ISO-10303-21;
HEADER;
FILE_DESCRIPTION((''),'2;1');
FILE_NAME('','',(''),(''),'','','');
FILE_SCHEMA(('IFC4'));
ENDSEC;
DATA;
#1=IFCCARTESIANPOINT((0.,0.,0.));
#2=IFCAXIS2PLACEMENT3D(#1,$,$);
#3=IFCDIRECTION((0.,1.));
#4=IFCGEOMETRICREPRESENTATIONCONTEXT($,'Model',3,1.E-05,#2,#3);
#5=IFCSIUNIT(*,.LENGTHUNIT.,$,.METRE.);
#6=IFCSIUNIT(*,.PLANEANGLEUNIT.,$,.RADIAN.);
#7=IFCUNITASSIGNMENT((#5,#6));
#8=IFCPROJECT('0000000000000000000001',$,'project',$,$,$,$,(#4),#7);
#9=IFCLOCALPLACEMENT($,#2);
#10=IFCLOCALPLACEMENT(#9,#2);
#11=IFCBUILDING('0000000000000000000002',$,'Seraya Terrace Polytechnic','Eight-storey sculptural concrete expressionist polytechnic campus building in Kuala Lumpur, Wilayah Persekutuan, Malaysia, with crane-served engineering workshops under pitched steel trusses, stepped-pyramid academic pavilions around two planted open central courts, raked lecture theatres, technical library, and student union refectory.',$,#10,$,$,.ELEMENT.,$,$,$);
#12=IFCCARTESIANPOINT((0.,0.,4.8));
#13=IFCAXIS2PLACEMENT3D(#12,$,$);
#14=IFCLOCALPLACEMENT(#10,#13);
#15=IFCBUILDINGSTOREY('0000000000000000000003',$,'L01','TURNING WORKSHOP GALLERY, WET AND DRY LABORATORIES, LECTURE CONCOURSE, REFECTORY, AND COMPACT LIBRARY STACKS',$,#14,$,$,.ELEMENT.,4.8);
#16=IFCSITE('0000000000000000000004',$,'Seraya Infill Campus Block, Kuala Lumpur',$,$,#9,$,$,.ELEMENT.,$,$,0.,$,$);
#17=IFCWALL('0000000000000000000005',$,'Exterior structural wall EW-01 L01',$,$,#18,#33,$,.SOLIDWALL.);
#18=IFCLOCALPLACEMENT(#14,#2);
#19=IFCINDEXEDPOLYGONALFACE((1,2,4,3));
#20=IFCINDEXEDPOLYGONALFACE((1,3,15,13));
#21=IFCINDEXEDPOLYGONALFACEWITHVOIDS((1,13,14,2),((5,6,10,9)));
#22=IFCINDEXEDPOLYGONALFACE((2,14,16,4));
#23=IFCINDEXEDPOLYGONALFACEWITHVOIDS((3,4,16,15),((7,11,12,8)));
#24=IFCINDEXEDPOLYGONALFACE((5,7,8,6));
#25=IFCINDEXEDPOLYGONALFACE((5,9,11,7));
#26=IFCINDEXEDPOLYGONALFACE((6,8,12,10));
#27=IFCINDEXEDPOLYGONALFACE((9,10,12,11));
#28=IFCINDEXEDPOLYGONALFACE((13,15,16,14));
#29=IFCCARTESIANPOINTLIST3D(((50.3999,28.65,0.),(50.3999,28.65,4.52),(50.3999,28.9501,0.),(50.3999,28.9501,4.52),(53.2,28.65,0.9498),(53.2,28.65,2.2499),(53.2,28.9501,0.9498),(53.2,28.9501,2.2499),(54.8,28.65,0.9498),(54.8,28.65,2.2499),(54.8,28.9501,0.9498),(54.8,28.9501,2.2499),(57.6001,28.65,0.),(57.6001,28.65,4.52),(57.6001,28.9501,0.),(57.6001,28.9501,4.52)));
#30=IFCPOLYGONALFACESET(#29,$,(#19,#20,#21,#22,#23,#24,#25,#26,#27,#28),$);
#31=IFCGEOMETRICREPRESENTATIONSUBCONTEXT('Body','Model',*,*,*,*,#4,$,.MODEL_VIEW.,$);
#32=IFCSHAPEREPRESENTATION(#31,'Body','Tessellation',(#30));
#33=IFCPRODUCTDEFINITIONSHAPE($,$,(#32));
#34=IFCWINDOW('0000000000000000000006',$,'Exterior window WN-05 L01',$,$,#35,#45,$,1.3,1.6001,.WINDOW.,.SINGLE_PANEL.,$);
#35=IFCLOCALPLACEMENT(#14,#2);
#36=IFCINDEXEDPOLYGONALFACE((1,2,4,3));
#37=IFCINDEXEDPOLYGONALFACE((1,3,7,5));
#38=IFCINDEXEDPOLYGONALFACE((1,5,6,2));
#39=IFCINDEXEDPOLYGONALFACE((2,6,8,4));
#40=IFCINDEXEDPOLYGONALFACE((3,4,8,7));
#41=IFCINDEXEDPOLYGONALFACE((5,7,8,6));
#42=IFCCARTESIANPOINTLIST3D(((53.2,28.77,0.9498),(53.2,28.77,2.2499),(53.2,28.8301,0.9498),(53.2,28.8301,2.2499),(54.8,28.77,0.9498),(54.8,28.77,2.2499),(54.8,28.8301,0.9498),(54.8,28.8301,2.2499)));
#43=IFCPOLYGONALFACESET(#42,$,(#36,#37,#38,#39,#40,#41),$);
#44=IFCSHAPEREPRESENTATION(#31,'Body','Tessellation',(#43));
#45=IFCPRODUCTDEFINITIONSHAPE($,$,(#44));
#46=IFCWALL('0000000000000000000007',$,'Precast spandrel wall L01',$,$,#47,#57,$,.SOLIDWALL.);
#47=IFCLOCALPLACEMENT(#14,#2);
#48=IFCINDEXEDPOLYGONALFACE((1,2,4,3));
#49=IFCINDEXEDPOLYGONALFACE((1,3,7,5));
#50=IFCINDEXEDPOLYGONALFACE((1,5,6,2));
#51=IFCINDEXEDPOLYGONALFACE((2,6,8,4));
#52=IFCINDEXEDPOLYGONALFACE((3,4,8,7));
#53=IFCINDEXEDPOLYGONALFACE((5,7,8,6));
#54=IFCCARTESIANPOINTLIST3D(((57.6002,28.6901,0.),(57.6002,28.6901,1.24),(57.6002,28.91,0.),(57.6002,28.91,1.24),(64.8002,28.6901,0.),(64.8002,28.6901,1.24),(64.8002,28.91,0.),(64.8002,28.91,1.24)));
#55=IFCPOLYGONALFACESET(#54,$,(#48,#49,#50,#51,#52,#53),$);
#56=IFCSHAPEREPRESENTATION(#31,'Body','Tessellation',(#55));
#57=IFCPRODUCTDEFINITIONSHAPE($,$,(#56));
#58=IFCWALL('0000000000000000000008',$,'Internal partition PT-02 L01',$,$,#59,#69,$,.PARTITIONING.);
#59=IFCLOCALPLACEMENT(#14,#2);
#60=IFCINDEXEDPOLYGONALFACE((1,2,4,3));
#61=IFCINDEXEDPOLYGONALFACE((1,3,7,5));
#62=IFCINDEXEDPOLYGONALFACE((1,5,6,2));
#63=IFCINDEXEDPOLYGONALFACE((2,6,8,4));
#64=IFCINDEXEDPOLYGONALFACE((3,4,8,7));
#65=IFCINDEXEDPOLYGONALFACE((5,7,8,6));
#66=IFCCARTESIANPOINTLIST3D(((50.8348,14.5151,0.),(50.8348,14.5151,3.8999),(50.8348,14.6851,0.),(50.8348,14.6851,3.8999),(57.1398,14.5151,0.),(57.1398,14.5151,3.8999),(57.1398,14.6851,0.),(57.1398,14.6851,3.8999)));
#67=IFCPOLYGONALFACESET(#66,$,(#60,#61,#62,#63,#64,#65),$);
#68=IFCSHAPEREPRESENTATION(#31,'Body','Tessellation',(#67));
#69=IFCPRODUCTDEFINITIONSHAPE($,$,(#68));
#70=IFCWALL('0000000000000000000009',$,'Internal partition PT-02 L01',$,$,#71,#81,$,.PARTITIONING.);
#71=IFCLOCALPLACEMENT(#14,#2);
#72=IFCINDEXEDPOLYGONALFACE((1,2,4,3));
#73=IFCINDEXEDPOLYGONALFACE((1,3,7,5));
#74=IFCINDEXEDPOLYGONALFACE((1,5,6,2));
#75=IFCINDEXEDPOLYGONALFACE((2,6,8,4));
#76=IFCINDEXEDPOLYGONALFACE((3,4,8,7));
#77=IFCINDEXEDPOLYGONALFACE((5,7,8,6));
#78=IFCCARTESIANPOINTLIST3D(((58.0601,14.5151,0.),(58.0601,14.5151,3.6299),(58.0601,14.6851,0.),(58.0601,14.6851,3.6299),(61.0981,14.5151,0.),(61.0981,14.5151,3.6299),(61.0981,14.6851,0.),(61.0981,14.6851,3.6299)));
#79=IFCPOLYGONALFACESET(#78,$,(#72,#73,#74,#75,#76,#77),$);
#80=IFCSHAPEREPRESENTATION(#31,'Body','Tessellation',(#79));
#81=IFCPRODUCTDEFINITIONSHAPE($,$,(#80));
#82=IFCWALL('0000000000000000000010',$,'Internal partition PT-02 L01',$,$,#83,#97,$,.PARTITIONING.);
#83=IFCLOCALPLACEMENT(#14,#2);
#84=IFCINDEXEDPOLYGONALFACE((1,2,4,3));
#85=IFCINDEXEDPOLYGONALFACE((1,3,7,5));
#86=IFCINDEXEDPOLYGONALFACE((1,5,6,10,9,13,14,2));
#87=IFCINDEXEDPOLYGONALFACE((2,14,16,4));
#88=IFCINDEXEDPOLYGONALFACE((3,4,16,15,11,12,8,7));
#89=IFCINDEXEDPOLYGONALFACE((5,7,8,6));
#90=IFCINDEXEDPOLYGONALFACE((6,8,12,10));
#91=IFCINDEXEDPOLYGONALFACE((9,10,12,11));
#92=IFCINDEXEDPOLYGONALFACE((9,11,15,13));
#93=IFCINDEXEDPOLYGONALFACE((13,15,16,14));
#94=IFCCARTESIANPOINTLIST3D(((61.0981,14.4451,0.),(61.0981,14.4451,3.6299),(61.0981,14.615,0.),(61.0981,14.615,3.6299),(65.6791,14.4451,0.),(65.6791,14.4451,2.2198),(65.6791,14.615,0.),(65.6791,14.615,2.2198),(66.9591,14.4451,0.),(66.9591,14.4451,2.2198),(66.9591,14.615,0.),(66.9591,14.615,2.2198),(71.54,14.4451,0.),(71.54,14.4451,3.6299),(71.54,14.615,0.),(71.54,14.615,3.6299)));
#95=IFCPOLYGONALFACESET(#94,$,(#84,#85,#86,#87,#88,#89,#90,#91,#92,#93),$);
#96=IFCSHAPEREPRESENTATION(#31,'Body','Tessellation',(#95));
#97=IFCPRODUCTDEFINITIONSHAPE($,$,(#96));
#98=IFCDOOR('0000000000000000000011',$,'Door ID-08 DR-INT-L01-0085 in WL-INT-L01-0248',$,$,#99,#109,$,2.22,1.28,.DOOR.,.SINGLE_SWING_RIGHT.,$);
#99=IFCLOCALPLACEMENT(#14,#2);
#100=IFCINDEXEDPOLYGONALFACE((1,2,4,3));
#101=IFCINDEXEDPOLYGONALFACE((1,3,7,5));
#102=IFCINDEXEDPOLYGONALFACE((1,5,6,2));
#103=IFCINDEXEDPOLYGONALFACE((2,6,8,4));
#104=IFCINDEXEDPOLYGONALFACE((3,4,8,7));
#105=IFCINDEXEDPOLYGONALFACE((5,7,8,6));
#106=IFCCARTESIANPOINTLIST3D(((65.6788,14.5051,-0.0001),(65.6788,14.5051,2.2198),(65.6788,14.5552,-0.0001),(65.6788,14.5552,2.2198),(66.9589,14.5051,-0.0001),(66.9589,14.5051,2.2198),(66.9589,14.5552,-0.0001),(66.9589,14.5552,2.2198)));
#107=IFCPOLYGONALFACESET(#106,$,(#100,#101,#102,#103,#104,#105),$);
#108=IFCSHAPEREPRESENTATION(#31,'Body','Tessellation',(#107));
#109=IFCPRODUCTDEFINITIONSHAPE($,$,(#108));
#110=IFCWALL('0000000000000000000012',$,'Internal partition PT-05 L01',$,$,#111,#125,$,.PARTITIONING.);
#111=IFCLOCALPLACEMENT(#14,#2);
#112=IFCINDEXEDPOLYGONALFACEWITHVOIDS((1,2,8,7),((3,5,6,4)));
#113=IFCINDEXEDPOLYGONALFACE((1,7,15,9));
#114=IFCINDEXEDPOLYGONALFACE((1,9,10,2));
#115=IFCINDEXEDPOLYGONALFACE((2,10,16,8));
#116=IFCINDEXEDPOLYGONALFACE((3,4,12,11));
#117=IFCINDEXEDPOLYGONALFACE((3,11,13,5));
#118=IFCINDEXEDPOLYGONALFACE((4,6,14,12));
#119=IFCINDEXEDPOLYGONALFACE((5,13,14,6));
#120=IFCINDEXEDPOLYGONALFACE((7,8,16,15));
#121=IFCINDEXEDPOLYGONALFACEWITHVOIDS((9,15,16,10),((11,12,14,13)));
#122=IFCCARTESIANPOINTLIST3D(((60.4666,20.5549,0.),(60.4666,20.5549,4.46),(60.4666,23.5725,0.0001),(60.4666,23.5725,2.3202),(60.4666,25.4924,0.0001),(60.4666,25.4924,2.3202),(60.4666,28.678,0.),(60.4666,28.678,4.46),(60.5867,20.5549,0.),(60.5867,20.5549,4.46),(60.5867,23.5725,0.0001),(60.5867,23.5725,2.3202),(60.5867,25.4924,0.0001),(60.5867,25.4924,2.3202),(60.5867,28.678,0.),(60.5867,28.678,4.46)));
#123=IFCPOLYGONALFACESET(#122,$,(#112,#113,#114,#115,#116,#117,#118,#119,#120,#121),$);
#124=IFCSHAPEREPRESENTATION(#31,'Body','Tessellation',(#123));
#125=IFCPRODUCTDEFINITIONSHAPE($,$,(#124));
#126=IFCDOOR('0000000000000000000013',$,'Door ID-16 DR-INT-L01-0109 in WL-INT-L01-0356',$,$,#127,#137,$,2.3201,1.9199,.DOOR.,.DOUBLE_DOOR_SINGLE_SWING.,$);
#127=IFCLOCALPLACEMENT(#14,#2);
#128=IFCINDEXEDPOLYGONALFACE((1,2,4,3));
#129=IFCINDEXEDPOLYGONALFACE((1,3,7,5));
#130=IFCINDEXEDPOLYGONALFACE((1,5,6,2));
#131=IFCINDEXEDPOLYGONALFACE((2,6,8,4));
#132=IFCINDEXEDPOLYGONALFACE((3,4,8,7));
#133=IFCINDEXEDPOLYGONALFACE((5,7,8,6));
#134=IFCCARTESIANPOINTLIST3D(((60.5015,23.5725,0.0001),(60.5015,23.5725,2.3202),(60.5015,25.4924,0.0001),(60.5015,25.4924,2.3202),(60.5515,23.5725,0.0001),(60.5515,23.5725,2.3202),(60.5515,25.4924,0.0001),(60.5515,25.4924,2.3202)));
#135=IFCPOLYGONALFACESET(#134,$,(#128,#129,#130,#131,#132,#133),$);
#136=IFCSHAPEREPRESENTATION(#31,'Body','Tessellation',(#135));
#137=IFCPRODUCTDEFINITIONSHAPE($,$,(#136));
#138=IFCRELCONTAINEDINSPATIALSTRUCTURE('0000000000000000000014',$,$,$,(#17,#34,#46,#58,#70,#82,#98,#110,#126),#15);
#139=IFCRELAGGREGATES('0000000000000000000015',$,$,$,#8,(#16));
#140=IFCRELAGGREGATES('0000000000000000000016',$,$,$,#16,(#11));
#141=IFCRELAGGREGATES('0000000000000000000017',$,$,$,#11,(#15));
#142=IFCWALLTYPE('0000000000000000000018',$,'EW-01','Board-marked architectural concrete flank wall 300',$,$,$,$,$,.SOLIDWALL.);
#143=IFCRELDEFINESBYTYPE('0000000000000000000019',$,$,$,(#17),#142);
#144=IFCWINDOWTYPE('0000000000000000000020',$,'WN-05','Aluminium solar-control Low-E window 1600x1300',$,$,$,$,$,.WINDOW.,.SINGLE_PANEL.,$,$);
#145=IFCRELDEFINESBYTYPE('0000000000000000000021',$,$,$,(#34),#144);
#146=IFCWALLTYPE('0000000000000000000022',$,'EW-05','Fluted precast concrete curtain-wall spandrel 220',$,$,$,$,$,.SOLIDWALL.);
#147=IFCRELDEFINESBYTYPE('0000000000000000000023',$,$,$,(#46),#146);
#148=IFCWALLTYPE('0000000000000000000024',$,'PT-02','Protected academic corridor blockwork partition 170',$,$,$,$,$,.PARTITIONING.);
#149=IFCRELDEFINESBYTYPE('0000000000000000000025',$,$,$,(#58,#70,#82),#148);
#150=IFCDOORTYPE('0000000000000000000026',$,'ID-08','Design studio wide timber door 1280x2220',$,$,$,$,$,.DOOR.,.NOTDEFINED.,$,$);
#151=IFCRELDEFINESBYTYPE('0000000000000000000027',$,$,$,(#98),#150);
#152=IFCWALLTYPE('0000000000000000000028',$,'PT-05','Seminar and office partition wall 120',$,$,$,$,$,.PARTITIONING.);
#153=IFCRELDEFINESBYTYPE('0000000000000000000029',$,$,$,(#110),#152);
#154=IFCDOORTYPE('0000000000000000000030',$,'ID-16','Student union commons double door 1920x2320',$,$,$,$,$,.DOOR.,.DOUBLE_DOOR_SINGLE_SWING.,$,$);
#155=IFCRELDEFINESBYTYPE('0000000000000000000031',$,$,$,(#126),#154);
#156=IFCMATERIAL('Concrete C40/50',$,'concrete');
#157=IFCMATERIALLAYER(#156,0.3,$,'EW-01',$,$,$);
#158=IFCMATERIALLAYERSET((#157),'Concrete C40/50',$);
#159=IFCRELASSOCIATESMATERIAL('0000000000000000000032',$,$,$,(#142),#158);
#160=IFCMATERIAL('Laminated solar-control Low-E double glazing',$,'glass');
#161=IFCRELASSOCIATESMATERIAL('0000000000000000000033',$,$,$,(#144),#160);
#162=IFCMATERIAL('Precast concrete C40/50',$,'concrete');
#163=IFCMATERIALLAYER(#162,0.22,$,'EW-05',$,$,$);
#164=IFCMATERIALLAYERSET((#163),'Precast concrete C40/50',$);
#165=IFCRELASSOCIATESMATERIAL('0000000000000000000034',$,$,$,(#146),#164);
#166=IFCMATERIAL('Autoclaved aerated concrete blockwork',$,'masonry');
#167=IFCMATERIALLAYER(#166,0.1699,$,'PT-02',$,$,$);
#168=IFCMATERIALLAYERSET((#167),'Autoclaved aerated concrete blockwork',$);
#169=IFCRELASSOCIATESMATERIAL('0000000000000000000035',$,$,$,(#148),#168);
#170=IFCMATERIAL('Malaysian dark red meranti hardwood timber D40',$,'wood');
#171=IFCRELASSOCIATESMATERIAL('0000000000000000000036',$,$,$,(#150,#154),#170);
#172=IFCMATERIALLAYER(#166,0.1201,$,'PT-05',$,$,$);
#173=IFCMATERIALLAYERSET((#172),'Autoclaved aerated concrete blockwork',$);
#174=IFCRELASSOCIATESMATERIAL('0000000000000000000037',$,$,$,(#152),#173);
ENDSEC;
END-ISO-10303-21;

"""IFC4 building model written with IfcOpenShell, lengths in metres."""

from ifc_helpers import new_model, si_unit, direction, frame, frame_2d, origin, place, context, subcontext, project, spatial, rectangle, extrude, material, layer, layer_set, type_object, element, fill, save


model = new_model("IFC4")

# Units and contexts
model_context = context("Model", 3, precision=1e-05, world=origin(), true_north=direction((0.0, 1.0)))
body_context = subcontext(model_context, "Body", "Model", "MODEL_VIEW")
ifc_project = project(units=[si_unit("LENGTHUNIT", "METRE"), si_unit("PLANEANGLEUNIT", "RADIAN")], contexts=[model_context])

# Site, building, storey
site_placement = place(None, origin())
site = spatial("IfcSite", under=ifc_project, at=site_placement, Name="Seraya Infill Campus Block, Kuala Lumpur", CompositionType="ELEMENT", RefElevation=0.0)
building_placement = place(site_placement, origin())
building = spatial("IfcBuilding", under=site, at=building_placement, Name="Seraya Terrace Polytechnic", Description="Eight-storey sculptural concrete expressionist polytechnic campus building in Kuala Lumpur, Wilayah Persekutuan, Malaysia, with crane-served engineering workshops under pitched steel trusses, stepped-pyramid academic pavilions around two planted open central courts, raked lecture theatres, technical library, and student union refectory.", CompositionType="ELEMENT")
storey_placement = place(building_placement, frame((0.0, 0.0, 4.8)))
storey = spatial("IfcBuildingStorey", under=building, at=storey_placement, Name="L01", Description="TURNING WORKSHOP GALLERY, WET AND DRY LABORATORIES, LECTURE CONCOURSE, REFECTORY, AND COMPACT LIBRARY STACKS", CompositionType="ELEMENT", Elevation=4.8)

# Shared definitions
ifc_material_1 = material(Name="Concrete C40/50", Category="concrete")

# Wall, opening, window
ifc_layer_1 = layer(ifc_material_1, 0.3, Name="EW-01")
ifc_layer_set_1 = layer_set([ifc_layer_1], Name="Concrete C40/50")
wall_type_1 = type_object("IfcWallType", Name="EW-01", Description="Board-marked architectural concrete flank wall 300", PredefinedType="SOLIDWALL", material=ifc_layer_set_1)
wall_1_placement = place(storey_placement, frame((50.3999, 28.8, 0.0), z_axis=(0.0, 0.0, 1.0), x_axis=(1.0, 0.0, 0.0)))
wall_1 = element("IfcWall", 1, at=wall_1_placement, inside=storey, type_object=wall_type_1, Name="Exterior structural wall EW-01 L01", PredefinedType="SOLIDWALL", context=body_context, shape_type="SweptSolid", body=[
    extrude(rectangle(XDim=7.2002, YDim=0.3, at=frame_2d((3.6001, 0.0))), origin(), (0.0, 0.0, 1.0), 4.52),
])
opening_1_placement = place(wall_1_placement, frame((2.8, 0.0, 0.95)))
opening_1 = element("IfcOpeningElement", 2, at=opening_1_placement, cuts=wall_1, PredefinedType="OPENING", context=body_context, shape_type="SweptSolid", body=[
    extrude(rectangle(XDim=1.6001, YDim=1.3, at=frame_2d((0.8, 0.6499))), frame((0.0, 0.1621, 0.0), z_axis=(0.0, -1.0, 0.0), x_axis=(1.0, 0.0, 0.0)), (0.0, 0.0, 1.0), 0.324),
])
ifc_material_2 = material(Name="Laminated solar-control Low-E double glazing", Category="glass")
window_type = type_object("IfcWindowType", Name="WN-05", Description="Aluminium solar-control Low-E window 1600x1300", PartitioningType="SINGLE_PANEL", PredefinedType="WINDOW", material=ifc_material_2)
window_placement = place(opening_1_placement, origin())
window = element("IfcWindow", 3, at=window_placement, inside=storey, type_object=window_type, Name="Exterior window WN-05 L01", OverallHeight=1.3, OverallWidth=1.6001, PartitioningType="SINGLE_PANEL", PredefinedType="WINDOW", context=body_context, shape_type="SweptSolid", body=[
    extrude(rectangle(XDim=1.6001, YDim=1.3, at=frame_2d((0.8, 0.6499))), frame((0.0, 0.03, 0.0), z_axis=(0.0, -1.0, 0.0), x_axis=(1.0, 0.0, 0.0)), (0.0, 0.0, 1.0), 0.0601),
])
fill(opening_1, window)

# Walls
ifc_material_3 = material(Name="Precast concrete C40/50", Category="concrete")
ifc_layer_2 = layer(ifc_material_3, 0.22, Name="EW-05")
ifc_layer_set_2 = layer_set([ifc_layer_2], Name="Precast concrete C40/50")
wall_type_2 = type_object("IfcWallType", Name="EW-05", Description="Fluted precast concrete curtain-wall spandrel 220", PredefinedType="SOLIDWALL", material=ifc_layer_set_2)
wall_2_placement = place(storey_placement, frame((57.6001, 28.8, 0.0), z_axis=(0.0, 0.0, 1.0), x_axis=(1.0, 0.0, 0.0)))
element("IfcWall", 4, at=wall_2_placement, inside=storey, type_object=wall_type_2, Name="Precast spandrel wall L01", PredefinedType="SOLIDWALL", context=body_context, shape_type="SweptSolid", body=[
    extrude(rectangle(XDim=7.2, YDim=0.22, at=frame_2d((3.6001, 0.0))), origin(), (0.0, 0.0, 1.0), 1.24),
])
ifc_material_4 = material(Name="Autoclaved aerated concrete blockwork", Category="masonry")
ifc_layer_3 = layer(ifc_material_4, 0.1699, Name="PT-02")
ifc_layer_set_3 = layer_set([ifc_layer_3], Name="Autoclaved aerated concrete blockwork")
wall_type_3 = type_object("IfcWallType", Name="PT-02", Description="Protected academic corridor blockwork partition 170", PredefinedType="PARTITIONING", material=ifc_layer_set_3)
wall_3_placement = place(storey_placement, frame((50.835, 14.6001, 0.0), z_axis=(0.0, 0.0, 1.0), x_axis=(1.0, 0.0, 0.0)))
element("IfcWall", 5, at=wall_3_placement, inside=storey, type_object=wall_type_3, Name="Internal partition PT-02 L01", PredefinedType="PARTITIONING", context=body_context, shape_type="SweptSolid", body=[
    extrude(rectangle(XDim=6.3049, YDim=0.1699, at=frame_2d((3.1523, 0.0))), origin(), (0.0, 0.0, 1.0), 3.8999),
])
wall_4_placement = place(storey_placement, frame((58.0601, 14.6001, 0.0), z_axis=(0.0, 0.0, 1.0), x_axis=(1.0, 0.0, 0.0)))
element("IfcWall", 6, at=wall_4_placement, inside=storey, type_object=wall_type_3, Name="Internal partition PT-02 L01", PredefinedType="PARTITIONING", context=body_context, shape_type="SweptSolid", body=[
    extrude(rectangle(XDim=3.0381, YDim=0.1699, at=frame_2d((1.519, 0.0))), origin(), (0.0, 0.0, 1.0), 3.6299),
])

# Walls, openings, doors
wall_5_placement = place(storey_placement, frame((61.0981, 14.53, 0.0), z_axis=(0.0, 0.0, 1.0), x_axis=(1.0, 0.0, 0.0)))
wall_5 = element("IfcWall", 7, at=wall_5_placement, inside=storey, type_object=wall_type_3, Name="Internal partition PT-02 L01", PredefinedType="PARTITIONING", context=body_context, shape_type="SweptSolid", body=[
    extrude(rectangle(XDim=10.4419, YDim=0.1699, at=frame_2d((5.2209, 0.0))), origin(), (0.0, 0.0, 1.0), 3.6299),
])
opening_2_placement = place(wall_5_placement, frame((4.5808, 0.0, 0.0)))
opening_2 = element("IfcOpeningElement", 8, at=opening_2_placement, cuts=wall_5, PredefinedType="OPENING", context=body_context, shape_type="SweptSolid", body=[
    extrude(rectangle(XDim=1.28, YDim=2.22, at=frame_2d((0.6401, 1.1099))), frame((0.0, 0.0969, 0.0), z_axis=(0.0, -1.0, 0.0), x_axis=(1.0, 0.0, 0.0)), (0.0, 0.0, 1.0), 0.1938),
])
ifc_material_5 = material(Name="Malaysian dark red meranti hardwood timber D40", Category="wood")
door_type_1 = type_object("IfcDoorType", Name="ID-08", Description="Design studio wide timber door 1280x2220", OperationType="NOTDEFINED", PredefinedType="DOOR", material=ifc_material_5)
door_1_placement = place(opening_2_placement, frame((1.28, 0.0, 0.0), z_axis=(0.0, 0.0, 1.0), x_axis=(-1.0, 0.0, 0.0)))
door_1 = element("IfcDoor", 9, at=door_1_placement, inside=storey, type_object=door_type_1, Name="Door ID-08 DR-INT-L01-0085 in WL-INT-L01-0248", OperationType="SINGLE_SWING_RIGHT", OverallHeight=2.22, OverallWidth=1.28, PredefinedType="DOOR", context=body_context, shape_type="SweptSolid", body=[
    extrude(rectangle(XDim=1.28, YDim=2.22, at=frame_2d((0.6401, 1.1099))), frame((0.0, 0.0249, 0.0), z_axis=(0.0, -1.0, 0.0), x_axis=(1.0, 0.0, 0.0)), (0.0, 0.0, 1.0), 0.05),
])
fill(opening_2, door_1)
ifc_layer_4 = layer(ifc_material_4, 0.1201, Name="PT-05")
ifc_layer_set_4 = layer_set([ifc_layer_4], Name="Autoclaved aerated concrete blockwork")
wall_type_4 = type_object("IfcWallType", Name="PT-05", Description="Seminar and office partition wall 120", PredefinedType="PARTITIONING", material=ifc_layer_set_4)
wall_6_placement = place(storey_placement, frame((60.5266, 20.5549, 0.0), z_axis=(0.0, 0.0, 1.0), x_axis=(0.0, 1.0, 0.0)))
wall_6 = element("IfcWall", 10, at=wall_6_placement, inside=storey, type_object=wall_type_4, Name="Internal partition PT-05 L01", PredefinedType="PARTITIONING", context=body_context, shape_type="SweptSolid", body=[
    extrude(rectangle(XDim=8.123, YDim=0.1201, at=frame_2d((4.0615, 0.0))), origin(), (0.0, 0.0, 1.0), 4.46),
])
opening_3_placement = place(wall_6_placement, frame((3.0176, 0.0, 0.0)))
opening_3 = element("IfcOpeningElement", 11, at=opening_3_placement, cuts=wall_6, PredefinedType="OPENING", context=body_context, shape_type="SweptSolid", body=[
    extrude(rectangle(XDim=1.9199, YDim=2.3201, at=frame_2d((0.96, 1.1602))), frame((0.0, 0.072, 0.0), z_axis=(0.0, -1.0, 0.0), x_axis=(1.0, 0.0, 0.0)), (0.0, 0.0, 1.0), 0.144),
])
door_type_2 = type_object("IfcDoorType", Name="ID-16", Description="Student union commons double door 1920x2320", OperationType="DOUBLE_DOOR_SINGLE_SWING", PredefinedType="DOOR", material=ifc_material_5)
door_2_placement = place(opening_3_placement, frame((1.9199, 0.0, 0.0), z_axis=(0.0, 0.0, 1.0), x_axis=(-1.0, 0.0, 0.0)))
door_2 = element("IfcDoor", 12, at=door_2_placement, inside=storey, type_object=door_type_2, Name="Door ID-16 DR-INT-L01-0109 in WL-INT-L01-0356", OperationType="DOUBLE_DOOR_SINGLE_SWING", OverallHeight=2.3201, OverallWidth=1.9199, PredefinedType="DOOR", context=body_context, shape_type="SweptSolid", body=[
    extrude(rectangle(XDim=1.9199, YDim=2.3201, at=frame_2d((0.96, 1.1602))), frame((0.0, 0.0249, 0.0), z_axis=(0.0, -1.0, 0.0), x_axis=(1.0, 0.0, 0.0)), (0.0, 0.0, 1.0), 0.05),
])
fill(opening_3, door_2)

save(model, "model.ifc")
